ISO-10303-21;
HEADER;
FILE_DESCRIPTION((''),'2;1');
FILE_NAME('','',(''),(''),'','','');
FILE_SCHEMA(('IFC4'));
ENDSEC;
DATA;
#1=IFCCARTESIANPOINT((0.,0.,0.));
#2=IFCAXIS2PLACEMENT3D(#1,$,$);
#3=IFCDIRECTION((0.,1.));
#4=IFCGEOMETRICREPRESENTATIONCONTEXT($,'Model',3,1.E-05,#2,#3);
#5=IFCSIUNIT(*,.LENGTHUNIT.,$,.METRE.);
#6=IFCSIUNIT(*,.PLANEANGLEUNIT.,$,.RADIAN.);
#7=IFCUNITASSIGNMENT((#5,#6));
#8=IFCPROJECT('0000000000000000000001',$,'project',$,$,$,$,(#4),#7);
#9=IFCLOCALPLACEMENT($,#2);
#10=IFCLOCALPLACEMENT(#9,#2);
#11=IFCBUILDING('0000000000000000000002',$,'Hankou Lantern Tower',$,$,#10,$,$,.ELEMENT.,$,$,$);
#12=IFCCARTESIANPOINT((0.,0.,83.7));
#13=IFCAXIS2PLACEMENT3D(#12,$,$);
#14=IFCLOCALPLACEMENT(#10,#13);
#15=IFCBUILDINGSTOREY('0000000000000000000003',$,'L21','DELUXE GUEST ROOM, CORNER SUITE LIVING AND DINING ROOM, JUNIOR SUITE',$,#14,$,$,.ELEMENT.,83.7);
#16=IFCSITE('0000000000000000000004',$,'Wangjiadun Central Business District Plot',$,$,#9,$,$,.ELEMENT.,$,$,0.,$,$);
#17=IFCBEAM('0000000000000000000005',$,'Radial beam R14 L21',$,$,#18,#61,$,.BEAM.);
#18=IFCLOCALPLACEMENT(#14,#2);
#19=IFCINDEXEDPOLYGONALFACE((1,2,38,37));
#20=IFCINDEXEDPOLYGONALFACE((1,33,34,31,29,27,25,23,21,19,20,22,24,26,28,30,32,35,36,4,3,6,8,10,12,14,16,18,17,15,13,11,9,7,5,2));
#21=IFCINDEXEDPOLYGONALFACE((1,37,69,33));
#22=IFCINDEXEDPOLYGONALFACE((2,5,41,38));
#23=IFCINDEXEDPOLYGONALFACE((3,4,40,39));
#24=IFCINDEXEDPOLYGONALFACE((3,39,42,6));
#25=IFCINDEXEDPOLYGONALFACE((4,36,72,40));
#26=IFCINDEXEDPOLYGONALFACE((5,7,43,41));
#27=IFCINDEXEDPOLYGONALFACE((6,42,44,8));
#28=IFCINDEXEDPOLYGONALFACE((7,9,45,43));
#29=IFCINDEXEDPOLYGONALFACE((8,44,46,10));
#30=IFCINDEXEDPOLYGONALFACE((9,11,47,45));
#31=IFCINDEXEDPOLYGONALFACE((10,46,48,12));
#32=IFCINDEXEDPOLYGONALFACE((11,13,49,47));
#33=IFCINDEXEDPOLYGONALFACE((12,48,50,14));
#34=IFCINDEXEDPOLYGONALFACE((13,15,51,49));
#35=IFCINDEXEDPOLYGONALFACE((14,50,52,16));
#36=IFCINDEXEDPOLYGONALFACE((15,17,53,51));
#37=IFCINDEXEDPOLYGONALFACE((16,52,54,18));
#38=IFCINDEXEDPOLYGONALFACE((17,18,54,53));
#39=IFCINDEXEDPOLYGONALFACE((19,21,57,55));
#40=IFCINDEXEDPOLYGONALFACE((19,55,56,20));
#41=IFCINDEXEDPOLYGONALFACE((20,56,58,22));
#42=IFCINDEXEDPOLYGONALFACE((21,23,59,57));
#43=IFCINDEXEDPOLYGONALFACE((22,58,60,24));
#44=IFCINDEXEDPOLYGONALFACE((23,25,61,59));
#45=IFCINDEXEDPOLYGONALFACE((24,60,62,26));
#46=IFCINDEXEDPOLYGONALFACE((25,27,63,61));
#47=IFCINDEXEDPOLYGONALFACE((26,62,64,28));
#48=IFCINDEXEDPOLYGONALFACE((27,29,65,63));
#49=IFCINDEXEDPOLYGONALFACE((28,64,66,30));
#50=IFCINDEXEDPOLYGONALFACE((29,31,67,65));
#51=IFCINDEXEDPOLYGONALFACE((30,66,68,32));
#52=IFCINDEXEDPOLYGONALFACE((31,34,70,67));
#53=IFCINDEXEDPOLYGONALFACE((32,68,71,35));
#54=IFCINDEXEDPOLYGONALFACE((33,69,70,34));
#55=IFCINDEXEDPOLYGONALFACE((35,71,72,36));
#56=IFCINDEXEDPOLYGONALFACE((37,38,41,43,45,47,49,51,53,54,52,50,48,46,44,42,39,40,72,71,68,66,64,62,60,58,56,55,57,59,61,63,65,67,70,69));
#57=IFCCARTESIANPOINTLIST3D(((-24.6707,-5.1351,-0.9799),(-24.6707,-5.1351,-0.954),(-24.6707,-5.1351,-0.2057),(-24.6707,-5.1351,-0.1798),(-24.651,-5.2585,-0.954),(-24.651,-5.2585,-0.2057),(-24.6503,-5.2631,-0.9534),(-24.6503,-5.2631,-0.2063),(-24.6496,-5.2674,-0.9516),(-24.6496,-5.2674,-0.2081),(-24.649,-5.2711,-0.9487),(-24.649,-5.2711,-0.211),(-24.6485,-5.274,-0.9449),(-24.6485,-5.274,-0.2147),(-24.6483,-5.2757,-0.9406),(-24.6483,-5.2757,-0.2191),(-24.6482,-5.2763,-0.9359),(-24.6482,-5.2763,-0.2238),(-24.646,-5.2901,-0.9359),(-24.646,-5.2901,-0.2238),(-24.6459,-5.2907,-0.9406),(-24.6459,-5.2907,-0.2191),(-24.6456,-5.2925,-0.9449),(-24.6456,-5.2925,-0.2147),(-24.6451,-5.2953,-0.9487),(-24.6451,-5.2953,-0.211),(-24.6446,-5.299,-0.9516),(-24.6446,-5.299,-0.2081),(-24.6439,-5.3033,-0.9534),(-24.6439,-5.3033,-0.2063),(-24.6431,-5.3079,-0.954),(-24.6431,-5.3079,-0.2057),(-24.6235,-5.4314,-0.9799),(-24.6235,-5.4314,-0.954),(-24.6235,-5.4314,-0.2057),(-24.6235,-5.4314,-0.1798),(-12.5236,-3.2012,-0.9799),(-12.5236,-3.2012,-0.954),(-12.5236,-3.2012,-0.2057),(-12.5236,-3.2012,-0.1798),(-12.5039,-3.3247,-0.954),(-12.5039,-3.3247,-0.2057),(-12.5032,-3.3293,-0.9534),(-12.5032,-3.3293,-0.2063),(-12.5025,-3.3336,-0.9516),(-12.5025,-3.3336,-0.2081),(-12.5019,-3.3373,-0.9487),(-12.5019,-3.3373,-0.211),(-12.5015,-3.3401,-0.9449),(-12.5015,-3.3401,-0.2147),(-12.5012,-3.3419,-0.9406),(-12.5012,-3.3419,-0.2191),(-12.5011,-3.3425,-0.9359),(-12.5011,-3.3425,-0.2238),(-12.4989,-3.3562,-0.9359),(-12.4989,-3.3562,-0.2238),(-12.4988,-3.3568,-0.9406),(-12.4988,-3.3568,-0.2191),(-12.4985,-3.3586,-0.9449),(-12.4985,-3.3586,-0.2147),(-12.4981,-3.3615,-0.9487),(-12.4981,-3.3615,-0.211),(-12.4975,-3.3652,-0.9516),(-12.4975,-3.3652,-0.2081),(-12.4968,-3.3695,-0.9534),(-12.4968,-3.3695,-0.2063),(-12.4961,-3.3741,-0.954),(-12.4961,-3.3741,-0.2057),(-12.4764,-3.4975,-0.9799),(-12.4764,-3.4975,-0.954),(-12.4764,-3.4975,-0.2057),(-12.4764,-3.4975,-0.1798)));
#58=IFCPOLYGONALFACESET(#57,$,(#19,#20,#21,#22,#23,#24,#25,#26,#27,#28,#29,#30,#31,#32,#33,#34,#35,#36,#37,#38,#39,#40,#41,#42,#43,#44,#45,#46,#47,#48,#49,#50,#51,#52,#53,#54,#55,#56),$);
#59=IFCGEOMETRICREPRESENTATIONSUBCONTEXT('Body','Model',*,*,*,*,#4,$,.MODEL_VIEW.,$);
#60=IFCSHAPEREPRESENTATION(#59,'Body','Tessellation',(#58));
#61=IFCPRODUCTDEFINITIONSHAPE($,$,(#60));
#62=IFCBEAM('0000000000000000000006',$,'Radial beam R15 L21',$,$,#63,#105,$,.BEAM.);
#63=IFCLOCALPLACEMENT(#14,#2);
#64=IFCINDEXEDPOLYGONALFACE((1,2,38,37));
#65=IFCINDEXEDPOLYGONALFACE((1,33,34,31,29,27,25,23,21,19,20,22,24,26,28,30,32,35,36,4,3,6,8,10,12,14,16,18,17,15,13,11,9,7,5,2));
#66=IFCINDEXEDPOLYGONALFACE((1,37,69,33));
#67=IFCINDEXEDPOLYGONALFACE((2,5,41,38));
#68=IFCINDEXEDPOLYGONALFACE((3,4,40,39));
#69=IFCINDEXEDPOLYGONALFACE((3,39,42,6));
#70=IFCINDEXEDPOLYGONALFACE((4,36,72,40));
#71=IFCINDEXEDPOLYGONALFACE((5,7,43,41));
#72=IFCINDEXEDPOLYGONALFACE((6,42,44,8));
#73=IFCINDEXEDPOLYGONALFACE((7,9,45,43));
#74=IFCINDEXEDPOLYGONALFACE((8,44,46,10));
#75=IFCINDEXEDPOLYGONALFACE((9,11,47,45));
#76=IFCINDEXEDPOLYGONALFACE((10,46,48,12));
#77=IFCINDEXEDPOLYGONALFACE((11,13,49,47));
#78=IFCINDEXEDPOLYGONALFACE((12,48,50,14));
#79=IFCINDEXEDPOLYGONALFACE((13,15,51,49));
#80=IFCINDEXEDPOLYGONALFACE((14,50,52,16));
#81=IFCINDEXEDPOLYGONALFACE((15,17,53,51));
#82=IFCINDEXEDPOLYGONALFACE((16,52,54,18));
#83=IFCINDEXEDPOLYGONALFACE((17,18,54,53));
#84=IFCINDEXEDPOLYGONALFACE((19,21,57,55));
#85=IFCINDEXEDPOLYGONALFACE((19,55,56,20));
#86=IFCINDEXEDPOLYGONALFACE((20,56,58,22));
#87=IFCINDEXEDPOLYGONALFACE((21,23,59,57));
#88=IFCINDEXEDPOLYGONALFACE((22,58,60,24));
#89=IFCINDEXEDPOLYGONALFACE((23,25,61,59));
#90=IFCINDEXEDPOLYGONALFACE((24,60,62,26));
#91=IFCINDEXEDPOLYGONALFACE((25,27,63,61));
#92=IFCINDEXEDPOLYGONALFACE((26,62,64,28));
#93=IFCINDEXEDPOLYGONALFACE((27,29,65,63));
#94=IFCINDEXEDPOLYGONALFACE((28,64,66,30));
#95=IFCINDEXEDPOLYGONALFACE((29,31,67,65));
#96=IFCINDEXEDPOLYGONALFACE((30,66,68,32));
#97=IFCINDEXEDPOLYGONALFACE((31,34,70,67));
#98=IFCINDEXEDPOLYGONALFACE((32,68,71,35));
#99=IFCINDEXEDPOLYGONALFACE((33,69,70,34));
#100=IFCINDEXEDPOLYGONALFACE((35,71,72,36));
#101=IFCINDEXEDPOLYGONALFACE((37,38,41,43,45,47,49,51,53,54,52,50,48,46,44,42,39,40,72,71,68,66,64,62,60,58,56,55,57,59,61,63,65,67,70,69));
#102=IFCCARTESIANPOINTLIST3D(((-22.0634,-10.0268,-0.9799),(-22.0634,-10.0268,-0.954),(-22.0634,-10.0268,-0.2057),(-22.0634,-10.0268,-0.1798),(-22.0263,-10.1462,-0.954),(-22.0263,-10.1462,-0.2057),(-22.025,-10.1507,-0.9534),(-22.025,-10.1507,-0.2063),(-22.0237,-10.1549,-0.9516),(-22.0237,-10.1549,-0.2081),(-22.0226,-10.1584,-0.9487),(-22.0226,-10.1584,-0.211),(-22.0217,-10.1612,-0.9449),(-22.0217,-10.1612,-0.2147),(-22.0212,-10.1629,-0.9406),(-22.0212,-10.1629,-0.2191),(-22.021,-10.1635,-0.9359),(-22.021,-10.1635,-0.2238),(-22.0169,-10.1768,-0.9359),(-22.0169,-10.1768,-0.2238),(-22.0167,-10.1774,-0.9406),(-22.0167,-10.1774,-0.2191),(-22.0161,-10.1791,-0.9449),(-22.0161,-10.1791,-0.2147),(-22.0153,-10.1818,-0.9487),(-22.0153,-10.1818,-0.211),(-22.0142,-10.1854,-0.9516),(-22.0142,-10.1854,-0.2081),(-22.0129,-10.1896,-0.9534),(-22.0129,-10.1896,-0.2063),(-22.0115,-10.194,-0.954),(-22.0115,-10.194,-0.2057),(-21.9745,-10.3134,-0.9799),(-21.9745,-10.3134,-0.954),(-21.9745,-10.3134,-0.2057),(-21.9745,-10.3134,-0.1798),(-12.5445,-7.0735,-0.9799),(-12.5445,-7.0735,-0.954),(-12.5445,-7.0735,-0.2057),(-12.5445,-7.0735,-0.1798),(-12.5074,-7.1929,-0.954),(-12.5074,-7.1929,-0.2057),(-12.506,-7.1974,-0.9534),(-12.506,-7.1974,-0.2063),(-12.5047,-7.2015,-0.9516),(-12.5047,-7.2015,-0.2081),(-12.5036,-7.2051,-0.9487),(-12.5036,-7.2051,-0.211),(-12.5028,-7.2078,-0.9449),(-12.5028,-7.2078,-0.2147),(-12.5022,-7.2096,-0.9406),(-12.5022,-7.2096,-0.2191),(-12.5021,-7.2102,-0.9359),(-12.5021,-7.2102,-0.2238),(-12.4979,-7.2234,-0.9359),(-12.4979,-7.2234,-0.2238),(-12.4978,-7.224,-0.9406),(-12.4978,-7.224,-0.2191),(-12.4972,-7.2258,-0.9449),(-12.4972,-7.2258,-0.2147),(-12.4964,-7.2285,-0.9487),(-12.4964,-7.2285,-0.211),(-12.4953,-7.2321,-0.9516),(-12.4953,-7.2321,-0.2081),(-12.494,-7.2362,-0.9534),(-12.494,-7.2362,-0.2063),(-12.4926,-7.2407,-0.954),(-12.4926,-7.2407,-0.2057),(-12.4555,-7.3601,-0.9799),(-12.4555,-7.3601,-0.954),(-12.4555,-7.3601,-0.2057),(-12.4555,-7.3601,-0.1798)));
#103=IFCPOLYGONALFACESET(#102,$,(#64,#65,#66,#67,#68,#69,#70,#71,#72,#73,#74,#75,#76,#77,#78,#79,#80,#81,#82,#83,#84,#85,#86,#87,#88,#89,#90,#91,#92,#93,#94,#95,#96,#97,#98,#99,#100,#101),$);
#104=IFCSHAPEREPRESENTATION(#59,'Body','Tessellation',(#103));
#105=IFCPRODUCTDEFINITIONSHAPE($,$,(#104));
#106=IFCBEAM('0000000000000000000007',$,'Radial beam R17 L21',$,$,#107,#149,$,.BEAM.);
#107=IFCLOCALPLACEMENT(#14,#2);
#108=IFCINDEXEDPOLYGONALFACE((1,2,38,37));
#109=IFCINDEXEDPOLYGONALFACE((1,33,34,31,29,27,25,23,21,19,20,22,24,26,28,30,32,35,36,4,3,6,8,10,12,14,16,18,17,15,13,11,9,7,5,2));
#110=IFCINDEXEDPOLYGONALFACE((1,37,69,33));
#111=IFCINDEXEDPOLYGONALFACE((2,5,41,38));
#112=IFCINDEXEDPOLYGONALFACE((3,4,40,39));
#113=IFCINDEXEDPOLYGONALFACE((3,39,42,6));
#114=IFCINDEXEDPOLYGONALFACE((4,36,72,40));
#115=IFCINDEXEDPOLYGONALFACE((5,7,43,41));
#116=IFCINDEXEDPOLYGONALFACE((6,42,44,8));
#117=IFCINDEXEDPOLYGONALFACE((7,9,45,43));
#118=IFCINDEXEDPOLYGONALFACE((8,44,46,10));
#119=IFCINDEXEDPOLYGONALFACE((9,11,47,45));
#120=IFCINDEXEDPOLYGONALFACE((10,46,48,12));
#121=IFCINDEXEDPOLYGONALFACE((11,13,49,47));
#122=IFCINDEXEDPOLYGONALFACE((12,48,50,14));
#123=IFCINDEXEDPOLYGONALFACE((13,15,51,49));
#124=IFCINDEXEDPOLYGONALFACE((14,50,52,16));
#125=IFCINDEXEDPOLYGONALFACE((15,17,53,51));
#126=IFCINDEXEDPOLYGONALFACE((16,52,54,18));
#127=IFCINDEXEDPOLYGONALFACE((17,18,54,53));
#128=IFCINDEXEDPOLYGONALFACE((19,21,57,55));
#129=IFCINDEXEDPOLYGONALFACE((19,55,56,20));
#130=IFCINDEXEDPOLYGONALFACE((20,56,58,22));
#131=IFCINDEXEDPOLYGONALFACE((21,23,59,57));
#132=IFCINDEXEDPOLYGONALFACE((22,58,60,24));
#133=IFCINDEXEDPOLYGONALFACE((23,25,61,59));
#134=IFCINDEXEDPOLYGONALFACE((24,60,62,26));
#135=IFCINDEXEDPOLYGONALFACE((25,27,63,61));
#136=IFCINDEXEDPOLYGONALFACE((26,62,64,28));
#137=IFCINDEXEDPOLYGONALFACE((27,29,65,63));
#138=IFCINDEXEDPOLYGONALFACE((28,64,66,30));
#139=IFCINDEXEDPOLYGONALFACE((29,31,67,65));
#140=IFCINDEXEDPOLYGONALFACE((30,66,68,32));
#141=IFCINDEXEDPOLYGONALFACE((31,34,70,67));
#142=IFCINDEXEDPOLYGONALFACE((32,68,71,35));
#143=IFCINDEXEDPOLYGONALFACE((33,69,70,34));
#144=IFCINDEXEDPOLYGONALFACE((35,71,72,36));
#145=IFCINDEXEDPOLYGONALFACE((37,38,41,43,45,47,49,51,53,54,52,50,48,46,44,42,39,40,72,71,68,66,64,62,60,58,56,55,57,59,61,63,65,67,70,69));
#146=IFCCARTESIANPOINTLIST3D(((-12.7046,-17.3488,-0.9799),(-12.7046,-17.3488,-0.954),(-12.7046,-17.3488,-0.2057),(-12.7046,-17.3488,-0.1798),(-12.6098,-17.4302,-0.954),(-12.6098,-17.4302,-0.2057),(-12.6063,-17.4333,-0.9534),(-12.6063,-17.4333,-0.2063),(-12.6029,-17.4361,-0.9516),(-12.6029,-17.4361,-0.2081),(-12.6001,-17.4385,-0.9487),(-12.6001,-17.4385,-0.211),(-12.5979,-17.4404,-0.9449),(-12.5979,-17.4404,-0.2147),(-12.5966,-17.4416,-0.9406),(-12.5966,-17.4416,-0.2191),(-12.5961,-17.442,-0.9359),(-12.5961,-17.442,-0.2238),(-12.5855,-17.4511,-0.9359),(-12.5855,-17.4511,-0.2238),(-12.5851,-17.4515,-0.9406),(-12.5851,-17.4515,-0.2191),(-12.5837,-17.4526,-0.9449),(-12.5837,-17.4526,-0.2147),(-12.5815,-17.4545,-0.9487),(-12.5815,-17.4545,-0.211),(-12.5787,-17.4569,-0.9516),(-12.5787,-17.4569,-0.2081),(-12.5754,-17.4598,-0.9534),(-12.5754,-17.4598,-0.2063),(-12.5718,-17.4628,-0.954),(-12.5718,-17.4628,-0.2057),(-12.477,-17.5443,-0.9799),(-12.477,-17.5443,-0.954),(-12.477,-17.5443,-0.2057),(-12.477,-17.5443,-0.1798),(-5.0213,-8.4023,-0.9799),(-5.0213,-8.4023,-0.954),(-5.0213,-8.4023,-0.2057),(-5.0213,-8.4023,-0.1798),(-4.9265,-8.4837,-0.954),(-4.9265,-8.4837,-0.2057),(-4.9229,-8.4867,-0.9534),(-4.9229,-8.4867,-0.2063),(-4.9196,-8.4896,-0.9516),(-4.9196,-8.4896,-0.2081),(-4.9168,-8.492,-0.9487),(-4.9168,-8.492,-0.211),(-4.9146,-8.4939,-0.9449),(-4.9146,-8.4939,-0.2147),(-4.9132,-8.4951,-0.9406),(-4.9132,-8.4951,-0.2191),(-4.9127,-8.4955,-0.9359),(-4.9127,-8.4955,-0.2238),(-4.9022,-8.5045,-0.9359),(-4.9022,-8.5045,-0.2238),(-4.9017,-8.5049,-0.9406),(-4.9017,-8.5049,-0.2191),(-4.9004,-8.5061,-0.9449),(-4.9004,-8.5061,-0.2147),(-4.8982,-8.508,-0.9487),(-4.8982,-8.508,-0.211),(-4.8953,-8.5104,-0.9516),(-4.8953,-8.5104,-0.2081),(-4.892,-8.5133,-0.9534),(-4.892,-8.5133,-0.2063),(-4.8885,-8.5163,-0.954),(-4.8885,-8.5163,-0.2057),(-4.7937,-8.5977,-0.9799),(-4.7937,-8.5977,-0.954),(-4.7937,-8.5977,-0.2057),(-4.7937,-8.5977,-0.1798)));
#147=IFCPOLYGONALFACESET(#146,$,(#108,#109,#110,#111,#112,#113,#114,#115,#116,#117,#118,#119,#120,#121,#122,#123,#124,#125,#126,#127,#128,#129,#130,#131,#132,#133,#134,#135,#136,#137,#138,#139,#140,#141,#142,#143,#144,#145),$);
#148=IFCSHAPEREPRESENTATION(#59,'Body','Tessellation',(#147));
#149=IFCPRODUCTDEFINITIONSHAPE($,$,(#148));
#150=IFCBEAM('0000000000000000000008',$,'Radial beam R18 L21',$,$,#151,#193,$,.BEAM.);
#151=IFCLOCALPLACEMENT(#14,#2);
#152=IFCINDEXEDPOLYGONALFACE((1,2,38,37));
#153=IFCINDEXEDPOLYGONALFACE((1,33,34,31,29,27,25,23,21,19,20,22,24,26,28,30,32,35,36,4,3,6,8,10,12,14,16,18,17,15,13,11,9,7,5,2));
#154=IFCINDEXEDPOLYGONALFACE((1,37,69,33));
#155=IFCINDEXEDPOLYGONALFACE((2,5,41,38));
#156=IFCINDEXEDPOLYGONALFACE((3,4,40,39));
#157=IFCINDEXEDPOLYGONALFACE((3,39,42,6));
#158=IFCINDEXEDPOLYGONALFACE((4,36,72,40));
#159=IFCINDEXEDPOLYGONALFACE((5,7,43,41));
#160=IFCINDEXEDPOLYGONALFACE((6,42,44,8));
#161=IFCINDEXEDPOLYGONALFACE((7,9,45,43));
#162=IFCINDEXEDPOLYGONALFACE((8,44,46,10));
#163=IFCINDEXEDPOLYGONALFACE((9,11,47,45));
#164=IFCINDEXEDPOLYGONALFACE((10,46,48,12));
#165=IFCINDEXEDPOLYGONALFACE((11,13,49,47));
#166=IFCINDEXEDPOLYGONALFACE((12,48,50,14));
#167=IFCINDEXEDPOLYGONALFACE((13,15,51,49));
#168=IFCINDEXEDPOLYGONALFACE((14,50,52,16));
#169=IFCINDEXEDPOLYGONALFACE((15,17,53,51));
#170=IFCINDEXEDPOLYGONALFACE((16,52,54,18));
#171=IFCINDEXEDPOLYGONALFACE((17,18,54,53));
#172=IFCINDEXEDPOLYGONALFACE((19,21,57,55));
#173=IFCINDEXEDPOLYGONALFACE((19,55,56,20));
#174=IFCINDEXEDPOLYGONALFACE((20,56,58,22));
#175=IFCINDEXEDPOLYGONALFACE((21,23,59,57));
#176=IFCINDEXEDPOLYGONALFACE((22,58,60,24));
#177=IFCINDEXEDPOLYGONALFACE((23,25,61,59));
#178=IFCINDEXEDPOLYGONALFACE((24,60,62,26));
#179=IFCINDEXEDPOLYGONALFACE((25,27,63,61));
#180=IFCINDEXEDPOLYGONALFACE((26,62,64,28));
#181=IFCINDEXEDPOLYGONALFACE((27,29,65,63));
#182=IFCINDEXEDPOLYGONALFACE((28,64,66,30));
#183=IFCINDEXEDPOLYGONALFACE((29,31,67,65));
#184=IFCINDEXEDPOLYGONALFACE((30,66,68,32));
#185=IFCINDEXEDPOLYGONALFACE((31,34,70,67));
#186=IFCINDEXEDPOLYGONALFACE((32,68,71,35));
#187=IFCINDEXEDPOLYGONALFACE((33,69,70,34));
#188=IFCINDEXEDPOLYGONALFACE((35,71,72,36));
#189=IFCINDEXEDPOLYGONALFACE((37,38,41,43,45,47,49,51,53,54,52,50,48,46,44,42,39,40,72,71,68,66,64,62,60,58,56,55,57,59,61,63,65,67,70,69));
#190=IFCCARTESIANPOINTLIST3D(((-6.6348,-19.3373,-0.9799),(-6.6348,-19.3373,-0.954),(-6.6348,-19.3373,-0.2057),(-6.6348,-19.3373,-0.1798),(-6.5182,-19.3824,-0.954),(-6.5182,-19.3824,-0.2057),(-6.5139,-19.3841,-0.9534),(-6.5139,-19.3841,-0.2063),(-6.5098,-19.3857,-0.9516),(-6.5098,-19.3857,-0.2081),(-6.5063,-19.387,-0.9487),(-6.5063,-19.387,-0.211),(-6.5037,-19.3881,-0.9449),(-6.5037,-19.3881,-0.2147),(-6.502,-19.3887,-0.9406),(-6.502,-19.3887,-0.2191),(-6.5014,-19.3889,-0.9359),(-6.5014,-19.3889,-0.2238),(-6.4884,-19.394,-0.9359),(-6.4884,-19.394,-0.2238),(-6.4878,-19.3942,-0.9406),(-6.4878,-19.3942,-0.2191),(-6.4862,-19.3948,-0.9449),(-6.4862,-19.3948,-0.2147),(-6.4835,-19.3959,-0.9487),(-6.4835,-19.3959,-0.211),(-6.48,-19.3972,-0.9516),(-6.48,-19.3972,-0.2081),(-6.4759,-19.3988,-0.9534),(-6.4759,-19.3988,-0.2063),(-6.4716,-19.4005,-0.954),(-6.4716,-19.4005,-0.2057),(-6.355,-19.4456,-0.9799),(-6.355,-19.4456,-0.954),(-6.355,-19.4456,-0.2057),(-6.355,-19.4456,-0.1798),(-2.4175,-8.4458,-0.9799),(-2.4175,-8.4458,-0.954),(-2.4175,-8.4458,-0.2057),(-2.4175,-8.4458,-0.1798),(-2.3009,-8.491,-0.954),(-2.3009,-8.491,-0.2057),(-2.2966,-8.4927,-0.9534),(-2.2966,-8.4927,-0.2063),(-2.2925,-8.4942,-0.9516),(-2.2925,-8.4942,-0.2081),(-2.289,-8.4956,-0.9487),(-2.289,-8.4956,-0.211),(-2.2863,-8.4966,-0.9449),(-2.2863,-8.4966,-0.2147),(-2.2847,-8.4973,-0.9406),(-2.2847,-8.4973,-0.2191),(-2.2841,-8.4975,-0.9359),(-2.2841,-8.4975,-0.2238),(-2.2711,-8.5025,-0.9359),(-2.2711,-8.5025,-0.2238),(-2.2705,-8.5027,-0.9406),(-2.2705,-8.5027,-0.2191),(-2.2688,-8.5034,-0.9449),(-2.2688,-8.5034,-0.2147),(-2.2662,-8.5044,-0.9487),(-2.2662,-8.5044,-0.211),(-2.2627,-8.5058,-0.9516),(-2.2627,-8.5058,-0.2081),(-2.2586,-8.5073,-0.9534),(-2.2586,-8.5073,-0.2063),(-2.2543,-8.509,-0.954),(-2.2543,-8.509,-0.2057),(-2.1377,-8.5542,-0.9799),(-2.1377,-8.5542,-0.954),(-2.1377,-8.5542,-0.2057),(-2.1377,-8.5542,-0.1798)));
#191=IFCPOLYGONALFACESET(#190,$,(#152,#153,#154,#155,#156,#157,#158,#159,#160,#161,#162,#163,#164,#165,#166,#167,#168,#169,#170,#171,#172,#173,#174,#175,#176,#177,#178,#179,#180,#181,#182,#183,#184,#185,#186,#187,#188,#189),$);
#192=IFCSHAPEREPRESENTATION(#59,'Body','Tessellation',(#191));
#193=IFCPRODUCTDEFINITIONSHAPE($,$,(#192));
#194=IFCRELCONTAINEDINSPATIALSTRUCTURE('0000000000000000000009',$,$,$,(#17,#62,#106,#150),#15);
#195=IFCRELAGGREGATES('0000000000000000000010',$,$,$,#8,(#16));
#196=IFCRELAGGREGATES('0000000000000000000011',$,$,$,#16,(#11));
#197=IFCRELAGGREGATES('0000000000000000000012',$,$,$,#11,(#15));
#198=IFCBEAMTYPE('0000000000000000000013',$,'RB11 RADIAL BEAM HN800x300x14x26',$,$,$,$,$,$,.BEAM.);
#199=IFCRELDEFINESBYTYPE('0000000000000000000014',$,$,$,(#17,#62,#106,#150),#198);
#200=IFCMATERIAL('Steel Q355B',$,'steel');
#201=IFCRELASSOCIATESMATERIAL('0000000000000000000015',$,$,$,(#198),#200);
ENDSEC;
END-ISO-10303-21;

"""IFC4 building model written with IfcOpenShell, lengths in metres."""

from ifc_helpers import new_model, si_unit, direction, frame, origin, origin_2d, place, context, subcontext, project, spatial, i_section, extrude, material, material_profile, profile_set, type_object, element, save


model = new_model("IFC4")

# Units and contexts
model_context = context("Model", 3, precision=1e-05, world=origin(), true_north=direction((0.0, 1.0)))
body_context = subcontext(model_context, "Body", "Model", "MODEL_VIEW")
ifc_project = project(units=[si_unit("LENGTHUNIT", "METRE"), si_unit("PLANEANGLEUNIT", "RADIAN")], contexts=[model_context])

# Site, building, storey
site_placement = place(None, origin())
site = spatial("IfcSite", under=ifc_project, at=site_placement, Name="Wangjiadun Central Business District Plot", CompositionType="ELEMENT", RefElevation=0.0)
building_placement = place(site_placement, origin())
building = spatial("IfcBuilding", under=site, at=building_placement, Name="Hankou Lantern Tower", CompositionType="ELEMENT")
storey_placement = place(building_placement, frame((0.0, 0.0, 83.7)))
storey = spatial("IfcBuildingStorey", under=building, at=storey_placement, Name="L21", Description="DELUXE GUEST ROOM, CORNER SUITE LIVING AND DINING ROOM, JUNIOR SUITE", CompositionType="ELEMENT", Elevation=83.7)

# Beams
ifc_material_1 = material(Name="Steel Q355B", Category="steel")
ifc_material_profile_1 = material_profile(ifc_material_1, i_section(OverallWidth=0.3, OverallDepth=0.8, WebThickness=0.0139, FlangeThickness=0.0259, FilletRadius=0.0181, at=origin_2d()), Name="HN800x300x14x26")
ifc_profile_set_1 = profile_set([ifc_material_profile_1], Name="Steel Q355B")
beam_type_1 = type_object("IfcBeamType", Name="RB11 RADIAL BEAM HN800x300x14x26", PredefinedType="BEAM", material=ifc_profile_set_1)
beam_1_placement = place(storey_placement, frame((-12.5, -3.3494, -0.5798), z_axis=(-0.987563, -0.157223, 0.0), x_axis=(0.157223, -0.987563, 0.0)))
element("IfcBeam", 1, at=beam_1_placement, inside=storey, type_object=beam_type_1, Name="Radial beam R14 L21", PredefinedType="BEAM", context=body_context, shape_type="SweptSolid", body=[
    extrude(i_section(OverallWidth=0.3, OverallDepth=0.8, WebThickness=0.0139, FlangeThickness=0.0259, FilletRadius=0.0181, at=origin_2d()), origin(), (0.0, 0.0, 1.0), 12.3),
])
beam_2_placement = place(storey_placement, frame((-12.5, -7.2168, -0.5798), z_axis=(-0.955087, -0.296324, 0.0), x_axis=(0.296324, -0.955087, 0.0)))
element("IfcBeam", 2, at=beam_2_placement, inside=storey, type_object=beam_type_1, Name="Radial beam R15 L21", PredefinedType="BEAM", context=body_context, shape_type="SweptSolid", body=[
    extrude(i_section(OverallWidth=0.3, OverallDepth=0.8, WebThickness=0.0139, FlangeThickness=0.0259, FilletRadius=0.0181, at=origin_2d()), origin(), (0.0, 0.0, 1.0), 9.9666),
])
beam_3_placement = place(storey_placement, frame((-4.9075, -8.5, -0.5798), z_axis=(-0.651519, -0.758632, 0.0), x_axis=(0.758632, -0.651519, 0.0)))
element("IfcBeam", 3, at=beam_3_placement, inside=storey, type_object=beam_type_1, Name="Radial beam R17 L21", PredefinedType="BEAM", context=body_context, shape_type="SweptSolid", body=[
    extrude(i_section(OverallWidth=0.3, OverallDepth=0.8, WebThickness=0.0139, FlangeThickness=0.0259, FilletRadius=0.0181, at=origin_2d()), origin(), (0.0, 0.0, 1.0), 11.793),
])
beam_4_placement = place(storey_placement, frame((-2.2776, -8.5, -0.5798), z_axis=(-0.361089, -0.932531, 0.0), x_axis=(0.932531, -0.361089, 0.0)))
element("IfcBeam", 4, at=beam_4_placement, inside=storey, type_object=beam_type_1, Name="Radial beam R18 L21", PredefinedType="BEAM", context=body_context, shape_type="SweptSolid", body=[
    extrude(i_section(OverallWidth=0.3, OverallDepth=0.8, WebThickness=0.0139, FlangeThickness=0.0259, FilletRadius=0.0181, at=origin_2d()), origin(), (0.0, 0.0, 1.0), 11.6794),
])

save(model, "model.ifc")
